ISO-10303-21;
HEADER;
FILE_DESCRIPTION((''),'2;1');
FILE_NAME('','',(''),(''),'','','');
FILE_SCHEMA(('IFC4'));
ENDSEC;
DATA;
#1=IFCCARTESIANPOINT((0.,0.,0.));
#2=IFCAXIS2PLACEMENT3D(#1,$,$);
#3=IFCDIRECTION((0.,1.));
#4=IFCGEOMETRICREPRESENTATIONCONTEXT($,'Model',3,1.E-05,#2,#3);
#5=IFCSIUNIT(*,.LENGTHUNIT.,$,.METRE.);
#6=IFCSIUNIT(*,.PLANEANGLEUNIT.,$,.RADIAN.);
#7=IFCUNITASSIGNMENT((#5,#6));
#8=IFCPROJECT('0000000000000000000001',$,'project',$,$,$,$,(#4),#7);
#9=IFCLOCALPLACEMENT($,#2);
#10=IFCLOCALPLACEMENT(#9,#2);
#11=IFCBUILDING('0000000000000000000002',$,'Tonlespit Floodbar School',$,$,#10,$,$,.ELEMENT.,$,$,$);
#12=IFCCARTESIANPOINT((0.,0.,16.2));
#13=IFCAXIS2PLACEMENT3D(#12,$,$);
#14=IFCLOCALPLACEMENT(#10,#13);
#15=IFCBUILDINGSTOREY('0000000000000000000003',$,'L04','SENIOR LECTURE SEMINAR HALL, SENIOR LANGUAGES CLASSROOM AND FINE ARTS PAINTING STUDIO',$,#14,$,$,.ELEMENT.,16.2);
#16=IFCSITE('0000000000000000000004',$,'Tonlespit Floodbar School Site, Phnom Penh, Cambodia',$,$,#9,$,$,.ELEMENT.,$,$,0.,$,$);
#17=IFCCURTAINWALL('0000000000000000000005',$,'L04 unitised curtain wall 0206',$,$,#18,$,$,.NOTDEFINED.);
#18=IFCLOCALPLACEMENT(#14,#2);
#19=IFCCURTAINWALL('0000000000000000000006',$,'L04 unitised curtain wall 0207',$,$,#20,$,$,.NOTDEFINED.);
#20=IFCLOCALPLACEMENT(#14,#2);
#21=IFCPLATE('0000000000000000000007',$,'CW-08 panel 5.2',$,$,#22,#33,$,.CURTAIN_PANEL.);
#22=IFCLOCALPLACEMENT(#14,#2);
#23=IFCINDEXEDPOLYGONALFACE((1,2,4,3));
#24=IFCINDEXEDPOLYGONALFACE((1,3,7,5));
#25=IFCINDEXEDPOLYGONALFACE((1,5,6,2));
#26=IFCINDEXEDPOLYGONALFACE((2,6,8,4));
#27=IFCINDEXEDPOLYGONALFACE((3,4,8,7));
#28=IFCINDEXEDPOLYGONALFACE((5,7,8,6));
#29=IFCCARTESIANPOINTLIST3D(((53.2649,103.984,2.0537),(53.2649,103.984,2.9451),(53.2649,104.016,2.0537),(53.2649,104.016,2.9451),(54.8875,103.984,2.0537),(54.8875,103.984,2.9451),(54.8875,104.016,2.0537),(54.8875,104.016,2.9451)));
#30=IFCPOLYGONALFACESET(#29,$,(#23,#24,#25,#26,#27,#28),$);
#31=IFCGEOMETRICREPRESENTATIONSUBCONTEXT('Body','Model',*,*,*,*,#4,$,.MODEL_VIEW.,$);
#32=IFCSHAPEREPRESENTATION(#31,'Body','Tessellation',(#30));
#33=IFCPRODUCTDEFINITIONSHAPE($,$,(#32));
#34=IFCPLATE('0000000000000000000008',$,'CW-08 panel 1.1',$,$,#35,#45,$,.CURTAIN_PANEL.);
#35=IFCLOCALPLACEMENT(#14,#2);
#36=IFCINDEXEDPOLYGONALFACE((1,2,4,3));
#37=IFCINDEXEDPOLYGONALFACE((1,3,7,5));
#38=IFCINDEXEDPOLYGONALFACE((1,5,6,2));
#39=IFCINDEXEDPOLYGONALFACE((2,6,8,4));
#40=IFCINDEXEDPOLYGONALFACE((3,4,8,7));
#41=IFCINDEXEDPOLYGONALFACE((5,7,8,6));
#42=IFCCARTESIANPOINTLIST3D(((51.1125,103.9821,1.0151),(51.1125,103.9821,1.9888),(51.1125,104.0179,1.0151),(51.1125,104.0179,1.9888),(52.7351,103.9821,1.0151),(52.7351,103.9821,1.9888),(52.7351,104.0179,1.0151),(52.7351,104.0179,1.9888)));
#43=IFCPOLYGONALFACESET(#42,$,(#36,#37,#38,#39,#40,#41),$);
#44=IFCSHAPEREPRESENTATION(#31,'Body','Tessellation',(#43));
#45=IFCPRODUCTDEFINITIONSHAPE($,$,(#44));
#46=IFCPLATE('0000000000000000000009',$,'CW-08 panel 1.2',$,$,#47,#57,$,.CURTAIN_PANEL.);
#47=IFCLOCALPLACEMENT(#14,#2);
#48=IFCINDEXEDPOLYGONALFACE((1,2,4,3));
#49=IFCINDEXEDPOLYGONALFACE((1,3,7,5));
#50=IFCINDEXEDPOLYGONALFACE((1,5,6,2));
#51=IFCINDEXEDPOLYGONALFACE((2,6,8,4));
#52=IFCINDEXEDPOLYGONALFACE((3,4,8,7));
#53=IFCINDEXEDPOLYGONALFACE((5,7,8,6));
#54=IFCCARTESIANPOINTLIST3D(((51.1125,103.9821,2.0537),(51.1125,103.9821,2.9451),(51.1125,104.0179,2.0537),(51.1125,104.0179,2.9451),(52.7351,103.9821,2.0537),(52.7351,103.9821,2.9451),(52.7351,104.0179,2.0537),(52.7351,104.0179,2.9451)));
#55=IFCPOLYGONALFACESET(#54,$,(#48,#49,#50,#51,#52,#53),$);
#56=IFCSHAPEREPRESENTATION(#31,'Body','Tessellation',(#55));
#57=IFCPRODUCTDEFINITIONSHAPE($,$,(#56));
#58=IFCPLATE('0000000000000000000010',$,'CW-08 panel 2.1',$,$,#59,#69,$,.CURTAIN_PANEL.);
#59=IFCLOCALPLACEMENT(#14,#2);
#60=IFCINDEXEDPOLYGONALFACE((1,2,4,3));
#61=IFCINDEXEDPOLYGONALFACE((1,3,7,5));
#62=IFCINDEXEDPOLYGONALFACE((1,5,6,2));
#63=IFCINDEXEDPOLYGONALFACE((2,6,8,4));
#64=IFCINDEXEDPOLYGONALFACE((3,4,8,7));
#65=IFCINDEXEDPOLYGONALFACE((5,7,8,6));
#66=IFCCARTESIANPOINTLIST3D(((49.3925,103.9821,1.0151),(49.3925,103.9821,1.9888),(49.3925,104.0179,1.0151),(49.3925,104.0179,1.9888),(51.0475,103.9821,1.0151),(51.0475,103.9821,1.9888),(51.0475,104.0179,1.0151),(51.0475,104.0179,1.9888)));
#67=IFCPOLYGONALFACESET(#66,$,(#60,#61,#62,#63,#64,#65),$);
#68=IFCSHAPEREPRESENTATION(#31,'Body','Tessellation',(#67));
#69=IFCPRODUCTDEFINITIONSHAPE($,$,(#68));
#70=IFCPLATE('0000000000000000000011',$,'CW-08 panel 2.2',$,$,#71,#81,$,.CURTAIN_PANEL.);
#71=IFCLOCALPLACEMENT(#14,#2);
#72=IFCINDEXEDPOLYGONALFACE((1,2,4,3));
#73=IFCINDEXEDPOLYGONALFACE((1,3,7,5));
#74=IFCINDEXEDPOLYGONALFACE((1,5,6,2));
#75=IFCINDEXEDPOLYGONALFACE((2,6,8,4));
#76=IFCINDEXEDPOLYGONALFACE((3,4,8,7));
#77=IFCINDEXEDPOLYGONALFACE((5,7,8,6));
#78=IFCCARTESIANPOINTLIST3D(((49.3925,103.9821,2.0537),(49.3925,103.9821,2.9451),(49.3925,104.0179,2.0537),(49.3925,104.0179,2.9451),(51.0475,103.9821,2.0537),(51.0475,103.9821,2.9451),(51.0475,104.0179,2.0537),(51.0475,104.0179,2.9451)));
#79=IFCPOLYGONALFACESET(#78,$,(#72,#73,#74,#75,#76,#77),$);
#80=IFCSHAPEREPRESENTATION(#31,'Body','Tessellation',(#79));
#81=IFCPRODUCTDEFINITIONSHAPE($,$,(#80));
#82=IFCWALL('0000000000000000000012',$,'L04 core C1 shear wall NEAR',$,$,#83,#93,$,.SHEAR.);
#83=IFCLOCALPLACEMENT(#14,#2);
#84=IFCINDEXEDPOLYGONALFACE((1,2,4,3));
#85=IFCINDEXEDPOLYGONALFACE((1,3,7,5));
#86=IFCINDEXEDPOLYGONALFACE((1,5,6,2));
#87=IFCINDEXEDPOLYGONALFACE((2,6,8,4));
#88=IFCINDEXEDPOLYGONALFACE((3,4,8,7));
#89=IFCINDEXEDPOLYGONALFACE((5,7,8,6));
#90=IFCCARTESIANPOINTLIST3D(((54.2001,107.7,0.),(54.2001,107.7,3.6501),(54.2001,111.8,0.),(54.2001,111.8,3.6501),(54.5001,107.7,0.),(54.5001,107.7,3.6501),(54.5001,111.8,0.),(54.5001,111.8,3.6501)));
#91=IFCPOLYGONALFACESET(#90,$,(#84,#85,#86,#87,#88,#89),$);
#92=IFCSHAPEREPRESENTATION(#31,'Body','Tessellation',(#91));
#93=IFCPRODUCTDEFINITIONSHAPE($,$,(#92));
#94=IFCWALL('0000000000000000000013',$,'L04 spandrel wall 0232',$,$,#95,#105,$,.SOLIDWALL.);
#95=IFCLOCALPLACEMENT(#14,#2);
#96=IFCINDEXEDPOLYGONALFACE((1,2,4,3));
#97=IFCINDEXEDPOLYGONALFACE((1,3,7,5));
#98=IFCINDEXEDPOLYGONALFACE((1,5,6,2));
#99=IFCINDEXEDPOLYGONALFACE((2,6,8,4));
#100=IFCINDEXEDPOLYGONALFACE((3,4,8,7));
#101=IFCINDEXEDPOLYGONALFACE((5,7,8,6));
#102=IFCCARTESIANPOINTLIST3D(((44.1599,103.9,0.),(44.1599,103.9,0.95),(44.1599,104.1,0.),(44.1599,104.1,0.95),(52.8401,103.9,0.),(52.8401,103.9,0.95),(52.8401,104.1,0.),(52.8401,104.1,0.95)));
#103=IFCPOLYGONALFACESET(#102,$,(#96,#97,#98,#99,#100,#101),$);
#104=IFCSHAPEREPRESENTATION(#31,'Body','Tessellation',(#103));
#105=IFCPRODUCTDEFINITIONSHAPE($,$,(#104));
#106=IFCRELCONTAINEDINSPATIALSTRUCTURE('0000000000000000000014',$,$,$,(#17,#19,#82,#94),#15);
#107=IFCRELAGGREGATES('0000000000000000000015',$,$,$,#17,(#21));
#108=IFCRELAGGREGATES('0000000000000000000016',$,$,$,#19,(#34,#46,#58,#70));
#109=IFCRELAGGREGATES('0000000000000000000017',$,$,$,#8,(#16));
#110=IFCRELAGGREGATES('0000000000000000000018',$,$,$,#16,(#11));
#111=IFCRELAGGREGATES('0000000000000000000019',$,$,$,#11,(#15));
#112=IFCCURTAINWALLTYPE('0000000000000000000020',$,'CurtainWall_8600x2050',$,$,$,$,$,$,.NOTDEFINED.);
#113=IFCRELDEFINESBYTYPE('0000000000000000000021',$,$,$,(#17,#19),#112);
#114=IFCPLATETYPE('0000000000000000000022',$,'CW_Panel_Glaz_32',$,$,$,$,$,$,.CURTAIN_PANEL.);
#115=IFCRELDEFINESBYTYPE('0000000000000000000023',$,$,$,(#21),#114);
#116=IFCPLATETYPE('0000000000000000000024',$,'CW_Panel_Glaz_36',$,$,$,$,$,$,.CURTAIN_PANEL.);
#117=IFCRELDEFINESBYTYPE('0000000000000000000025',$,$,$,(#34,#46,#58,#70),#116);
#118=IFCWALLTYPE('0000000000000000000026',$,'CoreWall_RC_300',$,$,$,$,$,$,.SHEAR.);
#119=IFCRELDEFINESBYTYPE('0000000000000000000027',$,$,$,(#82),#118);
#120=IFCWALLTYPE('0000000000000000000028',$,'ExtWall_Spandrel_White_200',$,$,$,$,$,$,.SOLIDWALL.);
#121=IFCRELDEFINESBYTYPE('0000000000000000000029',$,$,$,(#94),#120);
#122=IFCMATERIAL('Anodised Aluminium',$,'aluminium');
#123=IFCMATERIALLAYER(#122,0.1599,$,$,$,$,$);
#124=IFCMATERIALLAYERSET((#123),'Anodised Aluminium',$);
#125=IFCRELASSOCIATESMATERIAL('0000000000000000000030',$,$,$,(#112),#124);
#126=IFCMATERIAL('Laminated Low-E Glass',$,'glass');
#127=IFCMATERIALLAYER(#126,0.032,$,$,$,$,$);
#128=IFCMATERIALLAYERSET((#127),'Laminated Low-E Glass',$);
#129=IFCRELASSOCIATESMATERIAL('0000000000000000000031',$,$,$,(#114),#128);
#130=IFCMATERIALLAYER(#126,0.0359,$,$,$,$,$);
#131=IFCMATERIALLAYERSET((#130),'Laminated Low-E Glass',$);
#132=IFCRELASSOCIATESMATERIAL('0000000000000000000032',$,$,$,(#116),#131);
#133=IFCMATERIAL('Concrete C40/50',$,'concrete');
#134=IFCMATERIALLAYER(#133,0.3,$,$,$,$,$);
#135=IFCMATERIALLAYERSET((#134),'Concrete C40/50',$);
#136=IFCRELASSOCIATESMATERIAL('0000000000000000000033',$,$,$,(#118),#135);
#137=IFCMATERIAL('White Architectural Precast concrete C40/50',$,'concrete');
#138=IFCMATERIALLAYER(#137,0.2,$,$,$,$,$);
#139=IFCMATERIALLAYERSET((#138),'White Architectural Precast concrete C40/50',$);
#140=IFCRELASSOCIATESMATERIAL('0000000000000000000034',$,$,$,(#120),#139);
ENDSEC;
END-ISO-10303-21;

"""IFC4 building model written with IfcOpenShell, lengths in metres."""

from ifc_helpers import new_model, si_unit, direction, frame, frame_2d, origin, origin_2d, place, context, subcontext, project, spatial, rectangle, extrude, material, layer, layer_set, type_object, element, aggregate, save


model = new_model("IFC4")

# Units and contexts
model_context = context("Model", 3, precision=1e-05, world=origin(), true_north=direction((0.0, 1.0)))
body_context = subcontext(model_context, "Body", "Model", "MODEL_VIEW")
ifc_project = project(units=[si_unit("LENGTHUNIT", "METRE"), si_unit("PLANEANGLEUNIT", "RADIAN")], contexts=[model_context])

# Site, building, storey
site_placement = place(None, origin())
site = spatial("IfcSite", under=ifc_project, at=site_placement, Name="Tonlespit Floodbar School Site, Phnom Penh, Cambodia", CompositionType="ELEMENT", RefElevation=0.0)
building_placement = place(site_placement, origin())
building = spatial("IfcBuilding", under=site, at=building_placement, Name="Tonlespit Floodbar School", CompositionType="ELEMENT")
storey_placement = place(building_placement, frame((0.0, 0.0, 16.2)))
storey = spatial("IfcBuildingStorey", under=building, at=storey_placement, Name="L04", Description="SENIOR LECTURE SEMINAR HALL, SENIOR LANGUAGES CLASSROOM AND FINE ARTS PAINTING STUDIO", CompositionType="ELEMENT", Elevation=16.2)

# Curtain wall
ifc_material_1 = material(Name="Anodised Aluminium", Category="aluminium")
ifc_layer_1 = layer(ifc_material_1, 0.1599)
ifc_layer_set_1 = layer_set([ifc_layer_1], Name="Anodised Aluminium")
curtain_wall_type = type_object("IfcCurtainWallType", Name="CurtainWall_8600x2050", PredefinedType="NOTDEFINED", material=ifc_layer_set_1)
curtain_wall_1_placement = place(storey_placement, origin())
curtain_wall_1 = element("IfcCurtainWall", 1, at=curtain_wall_1_placement, inside=storey, type_object=curtain_wall_type, Name="L04 unitised curtain wall 0206", PredefinedType="NOTDEFINED")

# Curtain wall
curtain_wall_2_placement = place(storey_placement, origin())
curtain_wall_2 = element("IfcCurtainWall", 2, at=curtain_wall_2_placement, inside=storey, type_object=curtain_wall_type, Name="L04 unitised curtain wall 0207", PredefinedType="NOTDEFINED")

# Plates
ifc_material_2 = material(Name="Laminated Low-E Glass", Category="glass")
ifc_layer_2 = layer(ifc_material_2, 0.032)
ifc_layer_set_2 = layer_set([ifc_layer_2], Name="Laminated Low-E Glass")
plate_type_1 = type_object("IfcPlateType", Name="CW_Panel_Glaz_32", PredefinedType="CURTAIN_PANEL", material=ifc_layer_set_2)
plate_1_placement = place(storey_placement, frame((54.0762, 104.0, 2.0537), z_axis=(0.0, 0.0, 1.0), x_axis=(-1.0, 0.0, 0.0)))
plate_1 = element("IfcPlate", 3, at=plate_1_placement, type_object=plate_type_1, Name="CW-08 panel 5.2", PredefinedType="CURTAIN_PANEL", context=body_context, shape_type="SweptSolid", body=[
    extrude(rectangle(XDim=1.6226, YDim=0.032, at=origin_2d()), origin(), (0.0, 0.0, 1.0), 0.8914),
])
aggregate(curtain_wall_1, [plate_1])
ifc_layer_3 = layer(ifc_material_2, 0.0359)
ifc_layer_set_3 = layer_set([ifc_layer_3], Name="Laminated Low-E Glass")
plate_type_2 = type_object("IfcPlateType", Name="CW_Panel_Glaz_36", PredefinedType="CURTAIN_PANEL", material=ifc_layer_set_3)
plate_2_placement = place(storey_placement, frame((51.9238, 104.0, 1.0151), z_axis=(0.0, 0.0, 1.0), x_axis=(-1.0, 0.0, 0.0)))
plate_2 = element("IfcPlate", 4, at=plate_2_placement, type_object=plate_type_2, Name="CW-08 panel 1.1", PredefinedType="CURTAIN_PANEL", context=body_context, shape_type="SweptSolid", body=[
    extrude(rectangle(XDim=1.6226, YDim=0.0359, at=origin_2d()), origin(), (0.0, 0.0, 1.0), 0.9736),
])
plate_3_placement = place(storey_placement, frame((51.9238, 104.0, 2.0537), z_axis=(0.0, 0.0, 1.0), x_axis=(-1.0, 0.0, 0.0)))
plate_3 = element("IfcPlate", 5, at=plate_3_placement, type_object=plate_type_2, Name="CW-08 panel 1.2", PredefinedType="CURTAIN_PANEL", context=body_context, shape_type="SweptSolid", body=[
    extrude(rectangle(XDim=1.6226, YDim=0.0359, at=origin_2d()), origin(), (0.0, 0.0, 1.0), 0.8914),
])
plate_4_placement = place(storey_placement, frame((50.22, 104.0, 1.0151), z_axis=(0.0, 0.0, 1.0), x_axis=(-1.0, 0.0, 0.0)))
plate_4 = element("IfcPlate", 6, at=plate_4_placement, type_object=plate_type_2, Name="CW-08 panel 2.1", PredefinedType="CURTAIN_PANEL", context=body_context, shape_type="SweptSolid", body=[
    extrude(rectangle(XDim=1.655, YDim=0.0359, at=origin_2d()), origin(), (0.0, 0.0, 1.0), 0.9736),
])
plate_5_placement = place(storey_placement, frame((50.22, 104.0, 2.0537), z_axis=(0.0, 0.0, 1.0), x_axis=(-1.0, 0.0, 0.0)))
plate_5 = element("IfcPlate", 7, at=plate_5_placement, type_object=plate_type_2, Name="CW-08 panel 2.2", PredefinedType="CURTAIN_PANEL", context=body_context, shape_type="SweptSolid", body=[
    extrude(rectangle(XDim=1.655, YDim=0.0359, at=origin_2d()), origin(), (0.0, 0.0, 1.0), 0.8914),
])
aggregate(curtain_wall_2, [plate_2, plate_3, plate_4, plate_5])

# Wall
ifc_material_3 = material(Name="Concrete C40/50", Category="concrete")
ifc_layer_4 = layer(ifc_material_3, 0.3)
ifc_layer_set_4 = layer_set([ifc_layer_4], Name="Concrete C40/50")
wall_type_1 = type_object("IfcWallType", Name="CoreWall_RC_300", PredefinedType="SHEAR", material=ifc_layer_set_4)
wall_1_placement = place(storey_placement, frame((54.3501, 107.7, 0.0), z_axis=(0.0, 0.0, 1.0), x_axis=(0.0, 1.0, 0.0)))
element("IfcWall", 8, at=wall_1_placement, inside=storey, type_object=wall_type_1, Name="L04 core C1 shear wall NEAR", PredefinedType="SHEAR", context=body_context, shape_type="SweptSolid", body=[
    extrude(rectangle(XDim=4.1001, YDim=0.3, at=frame_2d((2.05, 0.0))), origin(), (0.0, 0.0, 1.0), 3.6501),
])

# Wall
ifc_material_4 = material(Name="White Architectural Precast concrete C40/50", Category="concrete")
ifc_layer_5 = layer(ifc_material_4, 0.2)
ifc_layer_set_5 = layer_set([ifc_layer_5], Name="White Architectural Precast concrete C40/50")
wall_type_2 = type_object("IfcWallType", Name="ExtWall_Spandrel_White_200", PredefinedType="SOLIDWALL", material=ifc_layer_set_5)
wall_2_placement = place(storey_placement, frame((52.8401, 104.0, 0.0), z_axis=(0.0, 0.0, 1.0), x_axis=(-1.0, 0.0, 0.0)))
element("IfcWall", 9, at=wall_2_placement, inside=storey, type_object=wall_type_2, Name="L04 spandrel wall 0232", PredefinedType="SOLIDWALL", context=body_context, shape_type="SweptSolid", body=[
    extrude(rectangle(XDim=8.6802, YDim=0.2, at=frame_2d((4.3401, 0.0))), origin(), (0.0, 0.0, 1.0), 0.95),
])

save(model, "model.ifc")
